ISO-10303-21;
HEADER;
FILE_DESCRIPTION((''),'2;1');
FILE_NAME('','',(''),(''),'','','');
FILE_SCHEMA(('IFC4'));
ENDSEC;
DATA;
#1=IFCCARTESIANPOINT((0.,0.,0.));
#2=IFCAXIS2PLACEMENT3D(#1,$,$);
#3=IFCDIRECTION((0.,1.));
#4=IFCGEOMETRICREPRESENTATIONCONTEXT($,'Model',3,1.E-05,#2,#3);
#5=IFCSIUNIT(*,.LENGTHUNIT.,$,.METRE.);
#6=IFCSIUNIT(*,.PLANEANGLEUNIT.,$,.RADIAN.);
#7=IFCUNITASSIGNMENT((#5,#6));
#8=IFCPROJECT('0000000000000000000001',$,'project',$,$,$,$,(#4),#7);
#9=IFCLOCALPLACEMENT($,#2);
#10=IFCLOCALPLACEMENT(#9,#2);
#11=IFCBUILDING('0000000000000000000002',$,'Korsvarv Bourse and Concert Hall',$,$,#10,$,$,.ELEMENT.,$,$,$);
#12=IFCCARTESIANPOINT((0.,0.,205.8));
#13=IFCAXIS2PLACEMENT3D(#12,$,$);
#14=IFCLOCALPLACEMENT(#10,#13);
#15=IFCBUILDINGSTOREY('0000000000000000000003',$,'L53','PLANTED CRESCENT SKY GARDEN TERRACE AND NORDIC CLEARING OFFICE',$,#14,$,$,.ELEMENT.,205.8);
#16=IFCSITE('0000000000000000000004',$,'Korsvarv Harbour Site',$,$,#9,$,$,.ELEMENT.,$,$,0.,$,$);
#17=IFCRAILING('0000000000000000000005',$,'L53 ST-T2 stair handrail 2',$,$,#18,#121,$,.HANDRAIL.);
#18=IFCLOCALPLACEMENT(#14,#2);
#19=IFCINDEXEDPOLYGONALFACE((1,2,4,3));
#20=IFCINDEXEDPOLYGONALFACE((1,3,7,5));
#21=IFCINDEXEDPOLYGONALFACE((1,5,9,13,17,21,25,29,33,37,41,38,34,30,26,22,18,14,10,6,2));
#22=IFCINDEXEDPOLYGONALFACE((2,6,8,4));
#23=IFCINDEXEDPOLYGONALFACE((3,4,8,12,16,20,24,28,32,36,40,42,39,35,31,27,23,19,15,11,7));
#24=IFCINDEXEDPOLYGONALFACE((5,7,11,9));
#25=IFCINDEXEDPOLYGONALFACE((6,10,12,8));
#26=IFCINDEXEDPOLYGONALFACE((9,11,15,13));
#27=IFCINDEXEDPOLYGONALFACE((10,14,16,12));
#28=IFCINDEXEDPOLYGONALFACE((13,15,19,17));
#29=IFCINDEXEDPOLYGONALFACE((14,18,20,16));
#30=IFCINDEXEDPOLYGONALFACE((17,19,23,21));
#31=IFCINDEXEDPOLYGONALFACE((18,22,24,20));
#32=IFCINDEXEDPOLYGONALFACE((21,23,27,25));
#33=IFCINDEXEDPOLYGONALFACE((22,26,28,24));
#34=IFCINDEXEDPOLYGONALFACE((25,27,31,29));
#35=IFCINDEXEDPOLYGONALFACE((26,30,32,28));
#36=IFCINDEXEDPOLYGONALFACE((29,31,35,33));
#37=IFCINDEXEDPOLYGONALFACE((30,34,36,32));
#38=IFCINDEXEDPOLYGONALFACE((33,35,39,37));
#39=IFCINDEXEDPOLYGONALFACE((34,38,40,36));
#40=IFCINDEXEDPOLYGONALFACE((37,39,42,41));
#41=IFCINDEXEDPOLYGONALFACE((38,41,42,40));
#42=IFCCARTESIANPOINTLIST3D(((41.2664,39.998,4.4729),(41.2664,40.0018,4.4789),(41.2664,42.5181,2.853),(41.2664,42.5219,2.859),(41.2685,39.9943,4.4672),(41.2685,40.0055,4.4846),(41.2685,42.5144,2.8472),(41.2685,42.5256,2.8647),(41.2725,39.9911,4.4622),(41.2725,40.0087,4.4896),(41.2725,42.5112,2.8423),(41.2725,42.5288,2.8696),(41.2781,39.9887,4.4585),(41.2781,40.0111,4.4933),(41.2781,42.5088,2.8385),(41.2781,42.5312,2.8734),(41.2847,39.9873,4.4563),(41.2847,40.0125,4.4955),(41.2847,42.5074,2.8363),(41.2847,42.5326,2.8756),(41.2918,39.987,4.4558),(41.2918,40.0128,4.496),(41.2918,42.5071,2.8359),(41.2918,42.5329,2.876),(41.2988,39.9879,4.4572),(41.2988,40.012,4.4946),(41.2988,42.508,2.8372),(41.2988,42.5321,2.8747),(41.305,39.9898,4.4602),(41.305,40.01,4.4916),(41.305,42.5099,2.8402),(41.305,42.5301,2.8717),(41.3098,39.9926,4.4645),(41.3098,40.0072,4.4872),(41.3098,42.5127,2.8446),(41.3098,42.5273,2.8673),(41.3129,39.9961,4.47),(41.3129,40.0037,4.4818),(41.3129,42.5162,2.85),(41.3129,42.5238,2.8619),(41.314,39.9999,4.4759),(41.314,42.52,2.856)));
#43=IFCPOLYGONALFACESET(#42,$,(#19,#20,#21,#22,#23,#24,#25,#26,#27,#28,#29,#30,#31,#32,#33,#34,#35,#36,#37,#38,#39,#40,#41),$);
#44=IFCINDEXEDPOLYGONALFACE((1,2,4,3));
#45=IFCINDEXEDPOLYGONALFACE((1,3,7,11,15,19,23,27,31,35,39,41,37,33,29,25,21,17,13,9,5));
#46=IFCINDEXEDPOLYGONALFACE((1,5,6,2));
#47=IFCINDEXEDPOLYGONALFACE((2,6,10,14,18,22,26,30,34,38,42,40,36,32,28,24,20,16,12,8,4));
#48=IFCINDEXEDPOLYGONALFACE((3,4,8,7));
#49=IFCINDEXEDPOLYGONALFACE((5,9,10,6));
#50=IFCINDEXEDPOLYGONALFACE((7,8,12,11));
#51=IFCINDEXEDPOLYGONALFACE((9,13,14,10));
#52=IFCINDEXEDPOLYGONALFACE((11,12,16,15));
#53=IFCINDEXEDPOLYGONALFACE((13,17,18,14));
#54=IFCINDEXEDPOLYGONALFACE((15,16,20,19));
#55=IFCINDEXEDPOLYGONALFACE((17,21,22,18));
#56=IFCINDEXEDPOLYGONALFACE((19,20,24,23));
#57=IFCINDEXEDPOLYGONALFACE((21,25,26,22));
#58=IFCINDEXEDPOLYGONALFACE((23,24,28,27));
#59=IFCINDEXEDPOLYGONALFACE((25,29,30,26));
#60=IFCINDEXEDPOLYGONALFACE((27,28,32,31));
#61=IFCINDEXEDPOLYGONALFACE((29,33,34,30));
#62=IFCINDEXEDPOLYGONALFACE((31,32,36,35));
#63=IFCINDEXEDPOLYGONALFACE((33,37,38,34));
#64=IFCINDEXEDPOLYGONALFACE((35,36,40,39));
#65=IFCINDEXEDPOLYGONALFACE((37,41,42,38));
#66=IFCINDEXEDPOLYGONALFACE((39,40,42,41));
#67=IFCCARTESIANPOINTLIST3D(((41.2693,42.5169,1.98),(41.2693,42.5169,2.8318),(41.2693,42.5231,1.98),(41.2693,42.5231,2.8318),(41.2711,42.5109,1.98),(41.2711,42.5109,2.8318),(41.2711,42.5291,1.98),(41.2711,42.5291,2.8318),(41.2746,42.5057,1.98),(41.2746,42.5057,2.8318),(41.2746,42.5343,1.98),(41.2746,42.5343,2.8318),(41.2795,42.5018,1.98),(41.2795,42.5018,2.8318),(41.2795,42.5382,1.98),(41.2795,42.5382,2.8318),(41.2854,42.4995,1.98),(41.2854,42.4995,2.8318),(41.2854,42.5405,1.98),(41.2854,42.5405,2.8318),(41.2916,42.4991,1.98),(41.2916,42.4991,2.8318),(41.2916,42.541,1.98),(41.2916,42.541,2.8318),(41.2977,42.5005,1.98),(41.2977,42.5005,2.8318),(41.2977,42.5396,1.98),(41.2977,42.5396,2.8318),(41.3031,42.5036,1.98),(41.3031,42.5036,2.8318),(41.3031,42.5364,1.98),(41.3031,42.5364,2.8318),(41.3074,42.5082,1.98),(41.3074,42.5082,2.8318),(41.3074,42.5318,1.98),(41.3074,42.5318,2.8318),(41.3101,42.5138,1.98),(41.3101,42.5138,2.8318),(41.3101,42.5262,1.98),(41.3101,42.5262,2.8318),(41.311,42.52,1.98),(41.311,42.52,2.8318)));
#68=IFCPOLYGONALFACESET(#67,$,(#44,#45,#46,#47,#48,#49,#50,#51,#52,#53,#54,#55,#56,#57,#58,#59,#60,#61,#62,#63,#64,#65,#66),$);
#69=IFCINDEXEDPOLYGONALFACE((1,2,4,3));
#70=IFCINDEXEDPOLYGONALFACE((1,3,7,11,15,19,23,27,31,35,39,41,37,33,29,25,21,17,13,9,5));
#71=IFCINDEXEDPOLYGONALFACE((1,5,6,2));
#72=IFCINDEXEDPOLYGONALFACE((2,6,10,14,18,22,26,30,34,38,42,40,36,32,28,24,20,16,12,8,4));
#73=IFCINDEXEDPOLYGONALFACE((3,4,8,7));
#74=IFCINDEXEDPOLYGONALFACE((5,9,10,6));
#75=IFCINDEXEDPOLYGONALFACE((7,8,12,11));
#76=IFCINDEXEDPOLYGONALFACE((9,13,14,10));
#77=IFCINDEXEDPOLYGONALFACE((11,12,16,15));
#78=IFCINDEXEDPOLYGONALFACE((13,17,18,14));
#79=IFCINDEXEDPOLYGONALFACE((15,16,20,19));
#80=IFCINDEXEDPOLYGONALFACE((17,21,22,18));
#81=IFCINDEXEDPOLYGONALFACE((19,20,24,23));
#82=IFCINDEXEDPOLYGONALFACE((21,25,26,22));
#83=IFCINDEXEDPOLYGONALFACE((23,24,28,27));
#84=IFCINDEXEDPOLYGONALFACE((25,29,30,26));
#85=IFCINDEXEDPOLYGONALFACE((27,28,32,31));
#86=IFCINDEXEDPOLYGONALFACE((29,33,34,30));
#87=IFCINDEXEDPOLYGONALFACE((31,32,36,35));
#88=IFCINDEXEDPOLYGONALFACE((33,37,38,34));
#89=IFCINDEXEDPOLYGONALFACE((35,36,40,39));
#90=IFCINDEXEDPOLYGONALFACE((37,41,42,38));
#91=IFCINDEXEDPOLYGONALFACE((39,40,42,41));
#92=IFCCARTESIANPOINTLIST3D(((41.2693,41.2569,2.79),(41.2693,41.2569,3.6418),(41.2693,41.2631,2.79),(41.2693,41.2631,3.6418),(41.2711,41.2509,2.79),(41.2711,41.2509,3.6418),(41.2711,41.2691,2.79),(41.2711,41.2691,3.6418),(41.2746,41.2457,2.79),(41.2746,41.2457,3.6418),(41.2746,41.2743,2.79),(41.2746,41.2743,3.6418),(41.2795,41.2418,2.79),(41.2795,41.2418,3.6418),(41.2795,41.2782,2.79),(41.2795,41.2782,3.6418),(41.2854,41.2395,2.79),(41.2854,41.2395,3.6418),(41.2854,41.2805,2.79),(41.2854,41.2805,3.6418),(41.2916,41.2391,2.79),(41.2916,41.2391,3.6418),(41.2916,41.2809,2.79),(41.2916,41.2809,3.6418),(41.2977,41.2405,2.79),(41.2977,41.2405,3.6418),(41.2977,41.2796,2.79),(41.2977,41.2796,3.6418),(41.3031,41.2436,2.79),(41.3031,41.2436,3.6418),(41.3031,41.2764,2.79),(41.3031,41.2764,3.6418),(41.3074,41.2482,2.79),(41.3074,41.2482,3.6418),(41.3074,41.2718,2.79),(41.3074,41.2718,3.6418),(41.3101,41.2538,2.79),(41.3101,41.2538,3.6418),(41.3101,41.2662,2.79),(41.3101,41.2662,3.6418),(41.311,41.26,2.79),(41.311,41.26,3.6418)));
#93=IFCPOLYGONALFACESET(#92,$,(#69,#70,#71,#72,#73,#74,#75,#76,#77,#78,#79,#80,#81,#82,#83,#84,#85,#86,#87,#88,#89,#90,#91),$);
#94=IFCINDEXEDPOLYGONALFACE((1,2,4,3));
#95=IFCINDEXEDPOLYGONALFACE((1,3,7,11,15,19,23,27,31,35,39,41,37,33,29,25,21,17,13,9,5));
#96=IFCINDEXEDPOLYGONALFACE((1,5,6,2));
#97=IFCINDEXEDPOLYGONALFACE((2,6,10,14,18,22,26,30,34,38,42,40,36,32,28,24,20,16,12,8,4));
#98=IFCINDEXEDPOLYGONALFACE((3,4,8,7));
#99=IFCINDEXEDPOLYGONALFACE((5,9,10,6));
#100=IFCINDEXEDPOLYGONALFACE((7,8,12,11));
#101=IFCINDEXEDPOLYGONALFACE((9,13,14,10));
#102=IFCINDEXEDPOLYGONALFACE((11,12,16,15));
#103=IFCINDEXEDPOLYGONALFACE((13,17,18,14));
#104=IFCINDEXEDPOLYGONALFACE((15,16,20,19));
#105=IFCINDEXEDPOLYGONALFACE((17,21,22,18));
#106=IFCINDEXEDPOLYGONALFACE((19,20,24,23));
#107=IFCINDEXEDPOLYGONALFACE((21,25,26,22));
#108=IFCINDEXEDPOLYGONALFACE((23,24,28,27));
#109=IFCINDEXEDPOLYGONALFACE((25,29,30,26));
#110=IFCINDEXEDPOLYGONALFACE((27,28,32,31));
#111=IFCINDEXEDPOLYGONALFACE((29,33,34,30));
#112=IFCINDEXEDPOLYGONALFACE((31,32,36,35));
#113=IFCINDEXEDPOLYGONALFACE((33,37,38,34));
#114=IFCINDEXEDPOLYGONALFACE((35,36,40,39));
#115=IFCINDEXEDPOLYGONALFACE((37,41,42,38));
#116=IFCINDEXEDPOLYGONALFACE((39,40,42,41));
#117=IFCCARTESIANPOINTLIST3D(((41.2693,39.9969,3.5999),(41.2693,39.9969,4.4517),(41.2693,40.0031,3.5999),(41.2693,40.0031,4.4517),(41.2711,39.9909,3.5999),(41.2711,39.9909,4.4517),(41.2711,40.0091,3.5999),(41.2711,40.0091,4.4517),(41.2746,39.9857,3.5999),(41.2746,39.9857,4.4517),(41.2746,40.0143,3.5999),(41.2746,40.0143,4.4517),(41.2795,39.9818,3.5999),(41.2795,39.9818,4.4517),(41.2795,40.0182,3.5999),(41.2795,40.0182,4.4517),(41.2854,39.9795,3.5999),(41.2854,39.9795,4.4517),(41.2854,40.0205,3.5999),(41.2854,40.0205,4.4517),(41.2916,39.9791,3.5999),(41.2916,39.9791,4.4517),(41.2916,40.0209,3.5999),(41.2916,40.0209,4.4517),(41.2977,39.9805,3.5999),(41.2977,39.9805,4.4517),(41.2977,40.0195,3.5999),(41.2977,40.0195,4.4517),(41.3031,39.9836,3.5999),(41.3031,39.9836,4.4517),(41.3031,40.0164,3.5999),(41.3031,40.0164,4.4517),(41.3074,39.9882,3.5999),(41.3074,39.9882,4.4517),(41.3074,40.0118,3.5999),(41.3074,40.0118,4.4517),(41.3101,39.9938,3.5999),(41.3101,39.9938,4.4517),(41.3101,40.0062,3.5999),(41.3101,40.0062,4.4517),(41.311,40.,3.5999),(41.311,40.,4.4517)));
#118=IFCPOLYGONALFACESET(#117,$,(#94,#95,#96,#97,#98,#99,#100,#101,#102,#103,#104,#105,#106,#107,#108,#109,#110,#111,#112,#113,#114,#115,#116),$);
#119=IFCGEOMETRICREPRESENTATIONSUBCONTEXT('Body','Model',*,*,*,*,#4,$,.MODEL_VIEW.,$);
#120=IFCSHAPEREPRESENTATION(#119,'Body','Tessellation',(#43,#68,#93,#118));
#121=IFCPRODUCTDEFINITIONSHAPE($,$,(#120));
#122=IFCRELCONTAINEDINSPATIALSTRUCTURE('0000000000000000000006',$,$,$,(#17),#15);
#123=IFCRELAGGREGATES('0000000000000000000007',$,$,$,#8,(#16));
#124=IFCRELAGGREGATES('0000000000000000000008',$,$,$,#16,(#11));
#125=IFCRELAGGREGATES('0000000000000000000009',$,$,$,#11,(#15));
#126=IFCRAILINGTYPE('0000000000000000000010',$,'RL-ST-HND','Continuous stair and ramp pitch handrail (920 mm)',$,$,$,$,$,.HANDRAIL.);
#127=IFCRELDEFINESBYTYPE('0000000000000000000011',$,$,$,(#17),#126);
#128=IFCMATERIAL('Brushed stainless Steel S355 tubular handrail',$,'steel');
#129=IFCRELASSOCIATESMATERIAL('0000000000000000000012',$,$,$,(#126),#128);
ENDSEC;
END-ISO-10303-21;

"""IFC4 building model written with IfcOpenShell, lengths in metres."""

from ifc_helpers import new_model, si_unit, direction, frame, origin, origin_2d, place, context, subcontext, project, spatial, circle, extrude, material, type_object, element, save


model = new_model("IFC4")

# Units and contexts
model_context = context("Model", 3, precision=1e-05, world=origin(), true_north=direction((0.0, 1.0)))
body_context = subcontext(model_context, "Body", "Model", "MODEL_VIEW")
ifc_project = project(units=[si_unit("LENGTHUNIT", "METRE"), si_unit("PLANEANGLEUNIT", "RADIAN")], contexts=[model_context])

# Site, building, storey
site_placement = place(None, origin())
site = spatial("IfcSite", under=ifc_project, at=site_placement, Name="Korsvarv Harbour Site", CompositionType="ELEMENT", RefElevation=0.0)
building_placement = place(site_placement, origin())
building = spatial("IfcBuilding", under=site, at=building_placement, Name="Korsvarv Bourse and Concert Hall", CompositionType="ELEMENT")
storey_placement = place(building_placement, frame((0.0, 0.0, 205.8)))
storey = spatial("IfcBuildingStorey", under=building, at=storey_placement, Name="L53", Description="PLANTED CRESCENT SKY GARDEN TERRACE AND NORDIC CLEARING OFFICE", CompositionType="ELEMENT", Elevation=205.8)

# Railing
ifc_material_1 = material(Name="Brushed stainless Steel S355 tubular handrail", Category="steel")
railing_type_1 = type_object("IfcRailingType", Name="RL-ST-HND", Description="Continuous stair and ramp pitch handrail (920 mm)", PredefinedType="HANDRAIL", material=ifc_material_1)
railing_1_placement = place(storey_placement, frame((41.29, 42.52, 1.98)))
element("IfcRailing", 1, at=railing_1_placement, inside=storey, type_object=railing_type_1, Name="L53 ST-T2 stair handrail 2", PredefinedType="HANDRAIL", context=body_context, shape_type="SweptSolid", body=[
    extrude(circle(Radius=0.0239, at=origin_2d()), frame((0.0, 0.0, 0.876), z_axis=(0.0, -0.8412, 0.540725), x_axis=(1.0, 0.0, 0.0)), (0.0, 0.0, 1.0), 2.9958),
    extrude(circle(Radius=0.021, at=origin_2d()), origin(), (0.0, 0.0, 1.0), 0.8518),
    extrude(circle(Radius=0.021, at=origin_2d()), frame((0.0, -1.26, 0.8101)), (0.0, 0.0, 1.0), 0.8518),
    extrude(circle(Radius=0.021, at=origin_2d()), frame((0.0, -2.52, 1.6199)), (0.0, 0.0, 1.0), 0.8518),
])

save(model, "model.ifc")
